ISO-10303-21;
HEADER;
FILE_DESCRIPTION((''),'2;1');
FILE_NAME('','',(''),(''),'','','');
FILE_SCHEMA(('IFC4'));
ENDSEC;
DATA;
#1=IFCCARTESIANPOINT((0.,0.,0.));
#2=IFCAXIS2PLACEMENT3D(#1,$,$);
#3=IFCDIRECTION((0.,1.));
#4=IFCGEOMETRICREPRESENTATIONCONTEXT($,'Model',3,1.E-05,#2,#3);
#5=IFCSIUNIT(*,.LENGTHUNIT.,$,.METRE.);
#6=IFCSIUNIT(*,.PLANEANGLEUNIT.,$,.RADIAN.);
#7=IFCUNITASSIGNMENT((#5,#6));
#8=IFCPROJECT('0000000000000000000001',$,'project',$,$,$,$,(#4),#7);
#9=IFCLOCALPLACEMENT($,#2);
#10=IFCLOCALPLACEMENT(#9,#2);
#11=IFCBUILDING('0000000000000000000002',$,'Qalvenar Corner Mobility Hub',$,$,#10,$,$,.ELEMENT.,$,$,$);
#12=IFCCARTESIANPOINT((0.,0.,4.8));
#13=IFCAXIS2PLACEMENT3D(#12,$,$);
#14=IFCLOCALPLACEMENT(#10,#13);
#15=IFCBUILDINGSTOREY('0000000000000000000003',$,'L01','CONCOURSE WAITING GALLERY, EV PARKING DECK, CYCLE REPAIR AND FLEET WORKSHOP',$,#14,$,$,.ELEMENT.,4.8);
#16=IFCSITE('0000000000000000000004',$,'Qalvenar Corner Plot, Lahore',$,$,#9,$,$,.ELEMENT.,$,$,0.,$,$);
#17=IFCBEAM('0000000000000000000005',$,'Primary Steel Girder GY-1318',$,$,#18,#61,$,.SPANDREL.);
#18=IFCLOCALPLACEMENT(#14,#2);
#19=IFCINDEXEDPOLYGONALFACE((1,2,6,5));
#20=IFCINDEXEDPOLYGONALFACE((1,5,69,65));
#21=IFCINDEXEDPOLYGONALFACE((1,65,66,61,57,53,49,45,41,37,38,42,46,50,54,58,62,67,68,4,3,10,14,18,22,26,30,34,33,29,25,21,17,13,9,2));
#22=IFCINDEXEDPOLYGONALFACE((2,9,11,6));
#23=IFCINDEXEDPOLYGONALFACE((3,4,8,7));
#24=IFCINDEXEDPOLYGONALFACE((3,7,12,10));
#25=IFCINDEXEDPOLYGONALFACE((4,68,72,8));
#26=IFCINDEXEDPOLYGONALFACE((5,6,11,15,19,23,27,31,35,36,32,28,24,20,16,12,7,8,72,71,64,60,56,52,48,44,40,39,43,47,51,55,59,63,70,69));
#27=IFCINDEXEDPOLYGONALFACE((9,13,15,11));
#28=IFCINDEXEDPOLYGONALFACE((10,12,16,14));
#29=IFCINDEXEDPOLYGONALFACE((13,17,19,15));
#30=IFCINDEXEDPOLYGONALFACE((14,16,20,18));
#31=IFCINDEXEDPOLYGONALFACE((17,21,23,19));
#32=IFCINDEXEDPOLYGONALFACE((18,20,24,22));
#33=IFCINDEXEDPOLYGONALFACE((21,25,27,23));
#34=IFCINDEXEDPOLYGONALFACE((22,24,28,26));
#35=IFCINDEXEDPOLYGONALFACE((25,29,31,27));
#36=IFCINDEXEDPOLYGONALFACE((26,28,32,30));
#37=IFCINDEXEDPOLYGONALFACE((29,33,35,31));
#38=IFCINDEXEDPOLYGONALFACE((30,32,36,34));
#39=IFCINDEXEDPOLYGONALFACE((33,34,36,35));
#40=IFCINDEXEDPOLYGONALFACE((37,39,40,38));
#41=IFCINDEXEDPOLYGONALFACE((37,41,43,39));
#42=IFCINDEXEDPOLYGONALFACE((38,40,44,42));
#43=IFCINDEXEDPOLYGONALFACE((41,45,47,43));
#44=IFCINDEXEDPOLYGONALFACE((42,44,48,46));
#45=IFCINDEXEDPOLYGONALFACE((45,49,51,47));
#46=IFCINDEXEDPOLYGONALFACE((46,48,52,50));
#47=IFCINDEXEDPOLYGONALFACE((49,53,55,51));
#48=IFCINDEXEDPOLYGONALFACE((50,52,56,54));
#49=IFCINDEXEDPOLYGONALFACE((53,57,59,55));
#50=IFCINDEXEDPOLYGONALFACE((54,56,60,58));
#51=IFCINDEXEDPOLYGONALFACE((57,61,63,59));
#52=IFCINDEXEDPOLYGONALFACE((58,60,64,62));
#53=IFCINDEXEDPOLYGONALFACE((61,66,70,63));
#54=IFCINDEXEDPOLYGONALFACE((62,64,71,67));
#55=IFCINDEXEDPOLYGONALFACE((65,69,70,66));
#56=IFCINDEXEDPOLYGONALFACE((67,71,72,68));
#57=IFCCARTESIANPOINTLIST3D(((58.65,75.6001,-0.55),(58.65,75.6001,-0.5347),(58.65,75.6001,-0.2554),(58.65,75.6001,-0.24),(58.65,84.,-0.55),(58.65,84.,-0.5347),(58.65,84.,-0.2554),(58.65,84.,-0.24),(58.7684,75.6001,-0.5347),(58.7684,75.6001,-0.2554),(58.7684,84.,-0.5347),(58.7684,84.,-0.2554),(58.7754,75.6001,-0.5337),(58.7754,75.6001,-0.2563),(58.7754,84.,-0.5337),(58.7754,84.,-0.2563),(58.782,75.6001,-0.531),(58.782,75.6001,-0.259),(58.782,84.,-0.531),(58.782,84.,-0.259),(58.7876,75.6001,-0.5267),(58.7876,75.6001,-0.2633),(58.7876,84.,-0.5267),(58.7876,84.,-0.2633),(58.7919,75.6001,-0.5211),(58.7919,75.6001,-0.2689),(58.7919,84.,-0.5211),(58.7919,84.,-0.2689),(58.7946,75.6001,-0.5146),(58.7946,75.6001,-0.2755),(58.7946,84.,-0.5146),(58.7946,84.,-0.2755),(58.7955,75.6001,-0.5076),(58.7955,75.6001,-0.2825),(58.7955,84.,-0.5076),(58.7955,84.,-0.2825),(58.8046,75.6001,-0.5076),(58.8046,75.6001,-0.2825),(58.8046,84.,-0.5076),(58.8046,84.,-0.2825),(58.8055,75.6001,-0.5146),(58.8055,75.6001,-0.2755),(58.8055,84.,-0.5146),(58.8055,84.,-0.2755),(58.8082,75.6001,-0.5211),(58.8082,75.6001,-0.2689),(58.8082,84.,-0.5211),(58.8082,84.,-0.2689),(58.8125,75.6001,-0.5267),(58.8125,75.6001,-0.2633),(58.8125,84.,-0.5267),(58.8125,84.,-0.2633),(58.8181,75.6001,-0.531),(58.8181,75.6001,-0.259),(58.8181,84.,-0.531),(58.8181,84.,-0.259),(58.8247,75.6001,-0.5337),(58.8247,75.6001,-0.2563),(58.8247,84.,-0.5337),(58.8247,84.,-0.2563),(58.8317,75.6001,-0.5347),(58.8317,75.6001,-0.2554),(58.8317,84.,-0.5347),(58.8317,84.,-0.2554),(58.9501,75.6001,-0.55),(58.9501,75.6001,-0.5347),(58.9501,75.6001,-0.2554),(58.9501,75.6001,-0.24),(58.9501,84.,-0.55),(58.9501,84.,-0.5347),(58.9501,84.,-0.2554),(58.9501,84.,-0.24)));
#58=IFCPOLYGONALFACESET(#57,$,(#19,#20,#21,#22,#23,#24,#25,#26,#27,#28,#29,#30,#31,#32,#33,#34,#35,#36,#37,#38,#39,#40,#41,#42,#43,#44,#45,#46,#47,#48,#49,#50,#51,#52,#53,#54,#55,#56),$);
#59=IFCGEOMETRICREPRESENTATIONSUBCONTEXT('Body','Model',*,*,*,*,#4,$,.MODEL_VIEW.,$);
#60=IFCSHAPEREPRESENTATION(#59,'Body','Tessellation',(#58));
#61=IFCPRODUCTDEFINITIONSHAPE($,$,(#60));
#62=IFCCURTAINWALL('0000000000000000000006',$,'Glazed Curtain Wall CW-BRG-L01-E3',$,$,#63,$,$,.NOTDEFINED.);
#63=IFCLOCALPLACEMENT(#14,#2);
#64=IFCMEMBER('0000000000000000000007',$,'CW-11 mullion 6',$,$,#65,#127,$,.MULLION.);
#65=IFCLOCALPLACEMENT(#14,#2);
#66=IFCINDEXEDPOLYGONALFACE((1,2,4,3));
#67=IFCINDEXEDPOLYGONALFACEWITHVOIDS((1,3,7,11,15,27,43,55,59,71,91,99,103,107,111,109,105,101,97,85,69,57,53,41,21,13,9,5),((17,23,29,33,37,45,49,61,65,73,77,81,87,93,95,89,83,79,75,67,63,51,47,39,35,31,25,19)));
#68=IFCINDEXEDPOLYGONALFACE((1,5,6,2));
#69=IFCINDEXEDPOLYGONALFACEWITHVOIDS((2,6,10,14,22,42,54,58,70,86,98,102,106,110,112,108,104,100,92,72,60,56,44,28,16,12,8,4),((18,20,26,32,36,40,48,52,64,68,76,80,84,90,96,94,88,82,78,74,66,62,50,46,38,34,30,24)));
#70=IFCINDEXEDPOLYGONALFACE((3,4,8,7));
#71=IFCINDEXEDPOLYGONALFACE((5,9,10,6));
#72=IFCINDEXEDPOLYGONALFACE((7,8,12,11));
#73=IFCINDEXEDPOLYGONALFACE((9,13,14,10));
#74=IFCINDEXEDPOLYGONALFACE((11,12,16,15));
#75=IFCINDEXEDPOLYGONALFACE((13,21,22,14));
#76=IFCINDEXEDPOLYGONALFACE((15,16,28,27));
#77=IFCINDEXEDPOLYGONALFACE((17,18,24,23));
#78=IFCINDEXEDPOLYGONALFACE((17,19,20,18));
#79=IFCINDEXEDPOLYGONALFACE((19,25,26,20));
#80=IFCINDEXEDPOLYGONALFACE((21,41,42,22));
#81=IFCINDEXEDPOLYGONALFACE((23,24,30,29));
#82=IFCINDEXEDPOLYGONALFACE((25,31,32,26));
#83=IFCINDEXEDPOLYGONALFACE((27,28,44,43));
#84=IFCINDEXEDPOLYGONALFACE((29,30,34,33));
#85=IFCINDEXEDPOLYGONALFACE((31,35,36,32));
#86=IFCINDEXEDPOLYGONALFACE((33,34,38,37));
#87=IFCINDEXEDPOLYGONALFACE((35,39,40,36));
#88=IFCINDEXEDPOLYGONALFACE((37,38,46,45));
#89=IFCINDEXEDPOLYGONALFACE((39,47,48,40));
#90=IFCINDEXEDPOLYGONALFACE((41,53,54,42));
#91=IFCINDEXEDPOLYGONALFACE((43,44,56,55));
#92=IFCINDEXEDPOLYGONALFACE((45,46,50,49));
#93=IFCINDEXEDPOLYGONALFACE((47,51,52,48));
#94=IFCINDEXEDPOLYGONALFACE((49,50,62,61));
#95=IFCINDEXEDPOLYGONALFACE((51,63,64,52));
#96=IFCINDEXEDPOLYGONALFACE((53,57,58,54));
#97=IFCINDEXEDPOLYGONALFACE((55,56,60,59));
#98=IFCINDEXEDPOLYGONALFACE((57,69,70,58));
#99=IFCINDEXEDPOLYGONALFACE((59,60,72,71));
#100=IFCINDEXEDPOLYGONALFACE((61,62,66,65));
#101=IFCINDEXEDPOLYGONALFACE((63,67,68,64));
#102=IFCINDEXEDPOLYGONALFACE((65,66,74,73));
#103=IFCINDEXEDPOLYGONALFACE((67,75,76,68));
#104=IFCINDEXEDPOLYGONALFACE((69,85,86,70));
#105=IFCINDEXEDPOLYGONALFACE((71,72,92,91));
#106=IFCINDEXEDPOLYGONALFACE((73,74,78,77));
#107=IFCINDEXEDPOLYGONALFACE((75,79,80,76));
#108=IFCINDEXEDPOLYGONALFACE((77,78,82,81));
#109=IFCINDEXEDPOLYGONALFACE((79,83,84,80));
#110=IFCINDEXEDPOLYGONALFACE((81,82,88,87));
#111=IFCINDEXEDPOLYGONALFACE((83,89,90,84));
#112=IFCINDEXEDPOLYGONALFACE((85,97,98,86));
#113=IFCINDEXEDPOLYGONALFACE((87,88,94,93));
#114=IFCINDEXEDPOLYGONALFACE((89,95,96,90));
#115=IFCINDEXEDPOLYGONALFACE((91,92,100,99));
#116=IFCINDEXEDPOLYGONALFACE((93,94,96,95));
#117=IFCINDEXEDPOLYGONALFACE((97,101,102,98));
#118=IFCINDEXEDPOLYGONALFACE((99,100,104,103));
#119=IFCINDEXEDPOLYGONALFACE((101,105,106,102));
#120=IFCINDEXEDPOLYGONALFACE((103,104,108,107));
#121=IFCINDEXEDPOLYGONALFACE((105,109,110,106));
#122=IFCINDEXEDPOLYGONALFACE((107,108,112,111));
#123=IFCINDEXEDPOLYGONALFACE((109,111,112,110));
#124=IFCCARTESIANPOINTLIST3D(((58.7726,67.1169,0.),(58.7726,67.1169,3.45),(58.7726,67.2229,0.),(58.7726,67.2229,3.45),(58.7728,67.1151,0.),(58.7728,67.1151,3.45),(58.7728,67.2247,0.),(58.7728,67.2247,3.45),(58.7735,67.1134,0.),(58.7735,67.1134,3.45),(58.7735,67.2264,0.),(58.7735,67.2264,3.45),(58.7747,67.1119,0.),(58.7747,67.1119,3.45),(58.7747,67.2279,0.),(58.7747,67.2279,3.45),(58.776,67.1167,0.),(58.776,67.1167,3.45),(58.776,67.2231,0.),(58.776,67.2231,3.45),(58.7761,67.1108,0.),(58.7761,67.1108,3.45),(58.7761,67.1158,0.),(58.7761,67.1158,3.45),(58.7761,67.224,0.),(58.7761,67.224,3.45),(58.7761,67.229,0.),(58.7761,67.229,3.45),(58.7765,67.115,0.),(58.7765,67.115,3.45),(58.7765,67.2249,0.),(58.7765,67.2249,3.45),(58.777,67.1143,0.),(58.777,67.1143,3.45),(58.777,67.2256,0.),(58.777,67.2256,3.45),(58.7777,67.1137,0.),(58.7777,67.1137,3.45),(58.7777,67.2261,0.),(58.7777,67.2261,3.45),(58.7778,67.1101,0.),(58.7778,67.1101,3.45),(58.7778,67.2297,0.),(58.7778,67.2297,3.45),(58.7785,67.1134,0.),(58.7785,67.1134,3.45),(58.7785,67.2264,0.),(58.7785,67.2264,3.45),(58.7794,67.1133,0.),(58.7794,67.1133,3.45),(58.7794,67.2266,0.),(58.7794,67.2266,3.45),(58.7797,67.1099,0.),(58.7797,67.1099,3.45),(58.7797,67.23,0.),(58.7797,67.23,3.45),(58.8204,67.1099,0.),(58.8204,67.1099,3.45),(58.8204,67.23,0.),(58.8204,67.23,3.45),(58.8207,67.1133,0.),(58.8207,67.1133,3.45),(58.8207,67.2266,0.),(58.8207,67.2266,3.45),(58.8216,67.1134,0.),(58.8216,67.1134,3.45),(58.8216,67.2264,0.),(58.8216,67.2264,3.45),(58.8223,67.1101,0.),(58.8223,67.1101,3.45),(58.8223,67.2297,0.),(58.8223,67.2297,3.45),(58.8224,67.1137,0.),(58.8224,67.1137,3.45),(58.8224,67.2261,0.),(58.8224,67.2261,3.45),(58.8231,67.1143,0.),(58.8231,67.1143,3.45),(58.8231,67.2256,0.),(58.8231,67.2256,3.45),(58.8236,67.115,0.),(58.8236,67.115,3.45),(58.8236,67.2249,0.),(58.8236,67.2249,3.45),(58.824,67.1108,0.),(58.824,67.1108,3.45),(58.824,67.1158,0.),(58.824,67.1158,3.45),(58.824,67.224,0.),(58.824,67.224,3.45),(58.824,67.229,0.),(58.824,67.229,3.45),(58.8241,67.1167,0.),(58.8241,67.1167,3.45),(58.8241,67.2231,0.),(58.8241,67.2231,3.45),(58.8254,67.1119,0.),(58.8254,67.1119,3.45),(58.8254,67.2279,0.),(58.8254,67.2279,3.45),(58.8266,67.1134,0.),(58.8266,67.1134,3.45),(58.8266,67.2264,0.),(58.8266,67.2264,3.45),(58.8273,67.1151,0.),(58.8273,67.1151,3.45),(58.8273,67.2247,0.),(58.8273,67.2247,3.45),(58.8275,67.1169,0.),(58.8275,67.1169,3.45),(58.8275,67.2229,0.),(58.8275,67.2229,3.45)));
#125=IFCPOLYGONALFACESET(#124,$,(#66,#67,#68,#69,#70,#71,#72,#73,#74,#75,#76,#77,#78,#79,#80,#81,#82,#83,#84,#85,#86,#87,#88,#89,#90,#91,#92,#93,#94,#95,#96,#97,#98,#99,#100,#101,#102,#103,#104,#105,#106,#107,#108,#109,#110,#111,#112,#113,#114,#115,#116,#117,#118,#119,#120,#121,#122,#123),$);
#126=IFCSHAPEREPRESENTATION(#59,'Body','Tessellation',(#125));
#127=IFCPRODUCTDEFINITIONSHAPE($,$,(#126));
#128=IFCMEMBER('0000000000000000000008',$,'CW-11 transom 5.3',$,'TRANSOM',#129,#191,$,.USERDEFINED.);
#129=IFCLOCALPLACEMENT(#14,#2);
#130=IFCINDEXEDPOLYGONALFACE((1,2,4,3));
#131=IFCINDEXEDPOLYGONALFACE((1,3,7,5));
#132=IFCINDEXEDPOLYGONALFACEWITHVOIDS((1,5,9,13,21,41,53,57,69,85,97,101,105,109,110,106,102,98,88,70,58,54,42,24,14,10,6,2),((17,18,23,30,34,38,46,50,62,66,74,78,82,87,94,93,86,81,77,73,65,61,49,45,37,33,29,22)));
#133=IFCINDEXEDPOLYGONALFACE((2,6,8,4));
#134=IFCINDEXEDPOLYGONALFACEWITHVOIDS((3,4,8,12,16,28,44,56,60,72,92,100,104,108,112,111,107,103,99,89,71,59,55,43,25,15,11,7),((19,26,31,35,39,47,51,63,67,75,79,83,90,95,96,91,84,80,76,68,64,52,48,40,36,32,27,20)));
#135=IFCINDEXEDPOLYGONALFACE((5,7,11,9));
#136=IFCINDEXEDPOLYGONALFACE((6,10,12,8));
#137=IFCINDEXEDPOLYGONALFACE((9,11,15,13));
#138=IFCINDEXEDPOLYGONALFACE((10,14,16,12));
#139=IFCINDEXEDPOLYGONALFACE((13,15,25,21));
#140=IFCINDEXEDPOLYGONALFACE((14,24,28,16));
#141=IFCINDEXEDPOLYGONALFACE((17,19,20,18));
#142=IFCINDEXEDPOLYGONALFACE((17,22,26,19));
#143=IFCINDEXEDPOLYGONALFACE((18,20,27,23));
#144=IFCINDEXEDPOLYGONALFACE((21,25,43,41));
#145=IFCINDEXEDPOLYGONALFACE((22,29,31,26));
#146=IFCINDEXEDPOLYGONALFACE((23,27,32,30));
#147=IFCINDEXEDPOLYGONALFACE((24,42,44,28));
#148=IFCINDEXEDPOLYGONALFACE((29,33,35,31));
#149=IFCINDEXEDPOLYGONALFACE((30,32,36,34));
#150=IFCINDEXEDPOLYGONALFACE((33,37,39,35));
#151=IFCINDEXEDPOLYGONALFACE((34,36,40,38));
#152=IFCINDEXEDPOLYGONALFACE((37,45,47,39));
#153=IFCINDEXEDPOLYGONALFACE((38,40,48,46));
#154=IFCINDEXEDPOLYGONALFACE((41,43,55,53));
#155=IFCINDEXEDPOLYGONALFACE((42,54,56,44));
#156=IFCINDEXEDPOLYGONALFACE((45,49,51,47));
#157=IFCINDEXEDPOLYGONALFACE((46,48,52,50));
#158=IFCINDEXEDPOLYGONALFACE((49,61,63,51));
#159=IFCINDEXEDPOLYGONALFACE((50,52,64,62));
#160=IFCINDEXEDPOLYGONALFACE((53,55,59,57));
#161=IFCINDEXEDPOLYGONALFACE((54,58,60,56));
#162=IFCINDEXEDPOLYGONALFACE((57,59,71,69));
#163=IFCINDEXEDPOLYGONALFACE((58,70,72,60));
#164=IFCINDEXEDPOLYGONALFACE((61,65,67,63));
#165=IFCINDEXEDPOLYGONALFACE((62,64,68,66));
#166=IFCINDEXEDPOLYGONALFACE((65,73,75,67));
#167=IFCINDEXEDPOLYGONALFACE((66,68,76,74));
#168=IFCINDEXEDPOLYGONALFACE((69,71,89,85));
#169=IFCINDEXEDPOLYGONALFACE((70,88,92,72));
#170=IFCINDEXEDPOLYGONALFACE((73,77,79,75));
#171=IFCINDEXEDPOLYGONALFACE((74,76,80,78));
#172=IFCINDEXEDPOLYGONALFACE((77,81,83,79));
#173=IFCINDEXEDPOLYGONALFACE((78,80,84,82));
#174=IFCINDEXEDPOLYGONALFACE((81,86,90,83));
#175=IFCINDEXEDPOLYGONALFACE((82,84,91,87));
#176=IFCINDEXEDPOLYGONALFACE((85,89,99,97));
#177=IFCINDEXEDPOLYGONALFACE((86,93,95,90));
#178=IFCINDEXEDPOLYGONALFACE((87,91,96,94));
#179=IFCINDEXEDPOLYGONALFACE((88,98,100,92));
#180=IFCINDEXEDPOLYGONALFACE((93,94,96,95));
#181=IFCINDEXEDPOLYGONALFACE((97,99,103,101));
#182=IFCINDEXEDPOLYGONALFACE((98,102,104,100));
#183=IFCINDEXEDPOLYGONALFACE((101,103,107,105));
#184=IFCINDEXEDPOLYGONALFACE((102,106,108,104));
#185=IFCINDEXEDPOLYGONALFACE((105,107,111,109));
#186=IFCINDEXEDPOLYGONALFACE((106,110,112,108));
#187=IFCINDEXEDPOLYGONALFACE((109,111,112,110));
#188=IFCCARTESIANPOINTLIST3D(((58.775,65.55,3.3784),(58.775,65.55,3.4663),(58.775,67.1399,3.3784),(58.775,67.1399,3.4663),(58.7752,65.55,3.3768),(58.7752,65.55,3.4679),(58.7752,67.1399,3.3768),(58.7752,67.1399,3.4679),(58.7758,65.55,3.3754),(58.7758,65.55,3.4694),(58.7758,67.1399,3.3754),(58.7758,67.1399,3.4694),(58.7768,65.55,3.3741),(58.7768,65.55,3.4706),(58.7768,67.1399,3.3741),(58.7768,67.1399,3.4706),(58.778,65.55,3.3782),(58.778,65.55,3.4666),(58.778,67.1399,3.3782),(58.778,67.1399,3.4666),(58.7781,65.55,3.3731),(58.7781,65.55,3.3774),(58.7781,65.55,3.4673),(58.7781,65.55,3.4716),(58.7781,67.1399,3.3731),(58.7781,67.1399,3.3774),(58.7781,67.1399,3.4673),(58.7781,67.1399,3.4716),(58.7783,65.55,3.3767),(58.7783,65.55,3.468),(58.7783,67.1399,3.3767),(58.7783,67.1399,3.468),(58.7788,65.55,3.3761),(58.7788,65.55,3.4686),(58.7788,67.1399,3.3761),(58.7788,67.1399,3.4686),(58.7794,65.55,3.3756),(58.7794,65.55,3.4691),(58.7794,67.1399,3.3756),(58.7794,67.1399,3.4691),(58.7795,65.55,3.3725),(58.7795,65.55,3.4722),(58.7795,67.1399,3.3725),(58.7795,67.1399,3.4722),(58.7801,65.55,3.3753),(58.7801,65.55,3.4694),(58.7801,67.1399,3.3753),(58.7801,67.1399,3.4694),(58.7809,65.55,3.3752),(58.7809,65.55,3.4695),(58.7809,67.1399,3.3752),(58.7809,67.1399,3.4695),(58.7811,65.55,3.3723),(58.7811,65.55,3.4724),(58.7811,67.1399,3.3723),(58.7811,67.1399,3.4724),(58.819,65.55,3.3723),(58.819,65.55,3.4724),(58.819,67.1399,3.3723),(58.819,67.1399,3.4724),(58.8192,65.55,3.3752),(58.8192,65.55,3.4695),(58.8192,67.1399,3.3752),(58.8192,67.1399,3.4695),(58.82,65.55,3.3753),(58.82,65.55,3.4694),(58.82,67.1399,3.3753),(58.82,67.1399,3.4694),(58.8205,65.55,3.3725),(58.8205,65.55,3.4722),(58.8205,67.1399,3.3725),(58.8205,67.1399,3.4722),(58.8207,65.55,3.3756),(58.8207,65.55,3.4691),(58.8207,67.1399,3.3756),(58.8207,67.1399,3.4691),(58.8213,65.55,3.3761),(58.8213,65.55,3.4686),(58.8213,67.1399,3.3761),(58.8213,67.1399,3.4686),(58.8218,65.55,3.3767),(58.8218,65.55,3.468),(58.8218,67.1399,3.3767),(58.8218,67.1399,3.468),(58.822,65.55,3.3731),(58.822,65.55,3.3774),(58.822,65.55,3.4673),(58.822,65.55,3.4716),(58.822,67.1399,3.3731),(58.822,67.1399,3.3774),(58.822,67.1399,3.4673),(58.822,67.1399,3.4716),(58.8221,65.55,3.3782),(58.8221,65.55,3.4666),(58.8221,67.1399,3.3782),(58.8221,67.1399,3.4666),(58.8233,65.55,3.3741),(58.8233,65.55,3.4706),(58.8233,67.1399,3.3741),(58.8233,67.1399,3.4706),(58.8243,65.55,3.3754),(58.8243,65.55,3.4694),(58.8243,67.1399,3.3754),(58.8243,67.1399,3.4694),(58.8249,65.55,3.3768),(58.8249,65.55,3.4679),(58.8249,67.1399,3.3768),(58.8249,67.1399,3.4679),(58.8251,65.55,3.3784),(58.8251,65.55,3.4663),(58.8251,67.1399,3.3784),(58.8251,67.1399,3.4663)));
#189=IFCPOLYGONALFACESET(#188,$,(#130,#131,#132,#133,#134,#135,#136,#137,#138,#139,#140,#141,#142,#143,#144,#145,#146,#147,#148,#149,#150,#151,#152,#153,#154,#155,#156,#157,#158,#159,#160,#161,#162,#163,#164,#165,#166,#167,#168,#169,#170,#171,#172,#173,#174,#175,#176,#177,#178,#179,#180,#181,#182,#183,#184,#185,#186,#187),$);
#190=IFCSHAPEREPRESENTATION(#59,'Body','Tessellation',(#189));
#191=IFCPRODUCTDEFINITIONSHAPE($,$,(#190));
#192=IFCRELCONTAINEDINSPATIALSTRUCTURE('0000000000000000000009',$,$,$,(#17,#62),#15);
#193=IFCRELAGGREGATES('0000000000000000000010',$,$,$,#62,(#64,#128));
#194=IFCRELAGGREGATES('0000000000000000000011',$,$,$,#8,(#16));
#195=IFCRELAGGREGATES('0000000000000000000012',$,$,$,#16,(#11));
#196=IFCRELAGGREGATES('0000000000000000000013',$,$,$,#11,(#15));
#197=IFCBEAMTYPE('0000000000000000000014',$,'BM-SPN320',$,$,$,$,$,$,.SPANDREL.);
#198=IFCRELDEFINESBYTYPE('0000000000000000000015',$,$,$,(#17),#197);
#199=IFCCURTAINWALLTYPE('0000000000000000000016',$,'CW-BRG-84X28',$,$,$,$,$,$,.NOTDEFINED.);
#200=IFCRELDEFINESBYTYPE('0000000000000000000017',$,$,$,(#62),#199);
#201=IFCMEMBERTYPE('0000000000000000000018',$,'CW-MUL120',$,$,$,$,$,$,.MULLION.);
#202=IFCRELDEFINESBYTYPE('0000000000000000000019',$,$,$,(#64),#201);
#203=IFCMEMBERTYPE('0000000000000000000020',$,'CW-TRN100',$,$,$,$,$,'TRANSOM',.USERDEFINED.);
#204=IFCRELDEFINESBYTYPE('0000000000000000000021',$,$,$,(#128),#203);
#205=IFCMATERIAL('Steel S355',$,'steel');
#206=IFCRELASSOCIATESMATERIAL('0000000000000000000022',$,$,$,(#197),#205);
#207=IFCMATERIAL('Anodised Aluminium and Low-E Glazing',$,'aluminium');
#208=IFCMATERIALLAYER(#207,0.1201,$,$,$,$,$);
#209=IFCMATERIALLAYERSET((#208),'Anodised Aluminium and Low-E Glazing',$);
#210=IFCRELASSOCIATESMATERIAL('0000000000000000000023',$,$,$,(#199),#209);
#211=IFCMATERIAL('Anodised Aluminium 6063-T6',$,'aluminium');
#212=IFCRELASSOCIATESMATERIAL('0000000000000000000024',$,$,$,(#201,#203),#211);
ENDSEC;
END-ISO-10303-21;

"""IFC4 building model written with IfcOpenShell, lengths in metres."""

from ifc_helpers import new_model, si_unit, direction, frame, origin, origin_2d, place, context, subcontext, project, spatial, hollow_rectangle, i_section, extrude, material, layer, layer_set, material_profile, profile_set, type_object, element, aggregate, save


model = new_model("IFC4")

# Units and contexts
model_context = context("Model", 3, precision=1e-05, world=origin(), true_north=direction((0.0, 1.0)))
body_context = subcontext(model_context, "Body", "Model", "MODEL_VIEW")
ifc_project = project(units=[si_unit("LENGTHUNIT", "METRE"), si_unit("PLANEANGLEUNIT", "RADIAN")], contexts=[model_context])

# Site, building, storey
site_placement = place(None, origin())
site = spatial("IfcSite", under=ifc_project, at=site_placement, Name="Qalvenar Corner Plot, Lahore", CompositionType="ELEMENT", RefElevation=0.0)
building_placement = place(site_placement, origin())
building = spatial("IfcBuilding", under=site, at=building_placement, Name="Qalvenar Corner Mobility Hub", CompositionType="ELEMENT")
storey_placement = place(building_placement, frame((0.0, 0.0, 4.8)))
storey = spatial("IfcBuildingStorey", under=building, at=storey_placement, Name="L01", Description="CONCOURSE WAITING GALLERY, EV PARKING DECK, CYCLE REPAIR AND FLEET WORKSHOP", CompositionType="ELEMENT", Elevation=4.8)

# Shared definitions
ifc_material_1 = material(Name="Steel S355", Category="steel")

# Beam
ifc_material_profile_1 = material_profile(ifc_material_1, i_section(OverallWidth=0.3, OverallDepth=0.3101, WebThickness=0.009, FlangeThickness=0.0154, FilletRadius=0.0271, at=origin_2d()), Name="HEA320")
ifc_profile_set_1 = profile_set([ifc_material_profile_1], Name="Steel S355")
beam_type_1 = type_object("IfcBeamType", Name="BM-SPN320", PredefinedType="SPANDREL", material=ifc_profile_set_1)
beam_1_placement = place(storey_placement, frame((58.8, 75.6001, -0.395), z_axis=(0.0, 1.0, 0.0), x_axis=(-1.0, 0.0, 0.0)))
element("IfcBeam", 1, at=beam_1_placement, inside=storey, type_object=beam_type_1, Name="Primary Steel Girder GY-1318", PredefinedType="SPANDREL", context=body_context, shape_type="SweptSolid", body=[
    extrude(i_section(OverallWidth=0.3, OverallDepth=0.3101, WebThickness=0.009, FlangeThickness=0.0154, FilletRadius=0.0271, at=origin_2d()), origin(), (0.0, 0.0, 1.0), 8.3999),
])

# Curtain wall, members
ifc_material_2 = material(Name="Anodised Aluminium and Low-E Glazing", Category="aluminium")
ifc_layer_1 = layer(ifc_material_2, 0.1201)
ifc_layer_set_1 = layer_set([ifc_layer_1], Name="Anodised Aluminium and Low-E Glazing")
curtain_wall_type = type_object("IfcCurtainWallType", Name="CW-BRG-84X28", PredefinedType="NOTDEFINED", material=ifc_layer_set_1)
curtain_wall_placement = place(storey_placement, origin())
curtain_wall = element("IfcCurtainWall", 2, at=curtain_wall_placement, inside=storey, type_object=curtain_wall_type, Name="Glazed Curtain Wall CW-BRG-L01-E3", PredefinedType="NOTDEFINED")
ifc_material_3 = material(Name="Anodised Aluminium 6063-T6", Category="aluminium")
ifc_material_profile_2 = material_profile(ifc_material_3, hollow_rectangle(XDim=0.0549, YDim=0.1201, WallThickness=0.0034, InnerFilletRadius=0.0034, OuterFilletRadius=0.0071, at=origin_2d()), Name="RHS120x55x3.5")
ifc_profile_set_2 = profile_set([ifc_material_profile_2], Name="Anodised Aluminium 6063-T6")
member_type_1 = type_object("IfcMemberType", Name="CW-MUL120", PredefinedType="MULLION", material=ifc_profile_set_2)
member_1_placement = place(storey_placement, frame((58.8, 67.1699, 0.0), z_axis=(0.0, 0.0, 1.0), x_axis=(-1.0, 0.0, 0.0)))
member_1 = element("IfcMember", 3, at=member_1_placement, type_object=member_type_1, Name="CW-11 mullion 6", PredefinedType="MULLION", context=body_context, shape_type="SweptSolid", body=[
    extrude(hollow_rectangle(XDim=0.0549, YDim=0.1201, WallThickness=0.0034, InnerFilletRadius=0.0034, OuterFilletRadius=0.0071, at=origin_2d()), origin(), (0.0, 0.0, 1.0), 3.45),
])
ifc_material_profile_3 = material_profile(ifc_material_3, hollow_rectangle(XDim=0.05, YDim=0.1001, WallThickness=0.0029, InnerFilletRadius=0.0029, OuterFilletRadius=0.0061, at=origin_2d()), Name="RHS100x50x3")
ifc_profile_set_3 = profile_set([ifc_material_profile_3], Name="Anodised Aluminium 6063-T6")
member_type_2 = type_object("IfcMemberType", Name="CW-TRN100", ElementType="TRANSOM", PredefinedType="USERDEFINED", material=ifc_profile_set_3)
member_2_placement = place(storey_placement, frame((58.8, 65.55, 3.4224), z_axis=(0.0, 1.0, 0.0), x_axis=(-1.0, 0.0, 0.0)))
member_2 = element("IfcMember", 4, at=member_2_placement, type_object=member_type_2, Name="CW-11 transom 5.3", ObjectType="TRANSOM", PredefinedType="USERDEFINED", context=body_context, shape_type="SweptSolid", body=[
    extrude(hollow_rectangle(XDim=0.05, YDim=0.1001, WallThickness=0.0029, InnerFilletRadius=0.0029, OuterFilletRadius=0.0061, at=origin_2d()), origin(), (0.0, 0.0, 1.0), 1.5898),
])

aggregate(curtain_wall, [member_1, member_2])

save(model, "model.ifc")
